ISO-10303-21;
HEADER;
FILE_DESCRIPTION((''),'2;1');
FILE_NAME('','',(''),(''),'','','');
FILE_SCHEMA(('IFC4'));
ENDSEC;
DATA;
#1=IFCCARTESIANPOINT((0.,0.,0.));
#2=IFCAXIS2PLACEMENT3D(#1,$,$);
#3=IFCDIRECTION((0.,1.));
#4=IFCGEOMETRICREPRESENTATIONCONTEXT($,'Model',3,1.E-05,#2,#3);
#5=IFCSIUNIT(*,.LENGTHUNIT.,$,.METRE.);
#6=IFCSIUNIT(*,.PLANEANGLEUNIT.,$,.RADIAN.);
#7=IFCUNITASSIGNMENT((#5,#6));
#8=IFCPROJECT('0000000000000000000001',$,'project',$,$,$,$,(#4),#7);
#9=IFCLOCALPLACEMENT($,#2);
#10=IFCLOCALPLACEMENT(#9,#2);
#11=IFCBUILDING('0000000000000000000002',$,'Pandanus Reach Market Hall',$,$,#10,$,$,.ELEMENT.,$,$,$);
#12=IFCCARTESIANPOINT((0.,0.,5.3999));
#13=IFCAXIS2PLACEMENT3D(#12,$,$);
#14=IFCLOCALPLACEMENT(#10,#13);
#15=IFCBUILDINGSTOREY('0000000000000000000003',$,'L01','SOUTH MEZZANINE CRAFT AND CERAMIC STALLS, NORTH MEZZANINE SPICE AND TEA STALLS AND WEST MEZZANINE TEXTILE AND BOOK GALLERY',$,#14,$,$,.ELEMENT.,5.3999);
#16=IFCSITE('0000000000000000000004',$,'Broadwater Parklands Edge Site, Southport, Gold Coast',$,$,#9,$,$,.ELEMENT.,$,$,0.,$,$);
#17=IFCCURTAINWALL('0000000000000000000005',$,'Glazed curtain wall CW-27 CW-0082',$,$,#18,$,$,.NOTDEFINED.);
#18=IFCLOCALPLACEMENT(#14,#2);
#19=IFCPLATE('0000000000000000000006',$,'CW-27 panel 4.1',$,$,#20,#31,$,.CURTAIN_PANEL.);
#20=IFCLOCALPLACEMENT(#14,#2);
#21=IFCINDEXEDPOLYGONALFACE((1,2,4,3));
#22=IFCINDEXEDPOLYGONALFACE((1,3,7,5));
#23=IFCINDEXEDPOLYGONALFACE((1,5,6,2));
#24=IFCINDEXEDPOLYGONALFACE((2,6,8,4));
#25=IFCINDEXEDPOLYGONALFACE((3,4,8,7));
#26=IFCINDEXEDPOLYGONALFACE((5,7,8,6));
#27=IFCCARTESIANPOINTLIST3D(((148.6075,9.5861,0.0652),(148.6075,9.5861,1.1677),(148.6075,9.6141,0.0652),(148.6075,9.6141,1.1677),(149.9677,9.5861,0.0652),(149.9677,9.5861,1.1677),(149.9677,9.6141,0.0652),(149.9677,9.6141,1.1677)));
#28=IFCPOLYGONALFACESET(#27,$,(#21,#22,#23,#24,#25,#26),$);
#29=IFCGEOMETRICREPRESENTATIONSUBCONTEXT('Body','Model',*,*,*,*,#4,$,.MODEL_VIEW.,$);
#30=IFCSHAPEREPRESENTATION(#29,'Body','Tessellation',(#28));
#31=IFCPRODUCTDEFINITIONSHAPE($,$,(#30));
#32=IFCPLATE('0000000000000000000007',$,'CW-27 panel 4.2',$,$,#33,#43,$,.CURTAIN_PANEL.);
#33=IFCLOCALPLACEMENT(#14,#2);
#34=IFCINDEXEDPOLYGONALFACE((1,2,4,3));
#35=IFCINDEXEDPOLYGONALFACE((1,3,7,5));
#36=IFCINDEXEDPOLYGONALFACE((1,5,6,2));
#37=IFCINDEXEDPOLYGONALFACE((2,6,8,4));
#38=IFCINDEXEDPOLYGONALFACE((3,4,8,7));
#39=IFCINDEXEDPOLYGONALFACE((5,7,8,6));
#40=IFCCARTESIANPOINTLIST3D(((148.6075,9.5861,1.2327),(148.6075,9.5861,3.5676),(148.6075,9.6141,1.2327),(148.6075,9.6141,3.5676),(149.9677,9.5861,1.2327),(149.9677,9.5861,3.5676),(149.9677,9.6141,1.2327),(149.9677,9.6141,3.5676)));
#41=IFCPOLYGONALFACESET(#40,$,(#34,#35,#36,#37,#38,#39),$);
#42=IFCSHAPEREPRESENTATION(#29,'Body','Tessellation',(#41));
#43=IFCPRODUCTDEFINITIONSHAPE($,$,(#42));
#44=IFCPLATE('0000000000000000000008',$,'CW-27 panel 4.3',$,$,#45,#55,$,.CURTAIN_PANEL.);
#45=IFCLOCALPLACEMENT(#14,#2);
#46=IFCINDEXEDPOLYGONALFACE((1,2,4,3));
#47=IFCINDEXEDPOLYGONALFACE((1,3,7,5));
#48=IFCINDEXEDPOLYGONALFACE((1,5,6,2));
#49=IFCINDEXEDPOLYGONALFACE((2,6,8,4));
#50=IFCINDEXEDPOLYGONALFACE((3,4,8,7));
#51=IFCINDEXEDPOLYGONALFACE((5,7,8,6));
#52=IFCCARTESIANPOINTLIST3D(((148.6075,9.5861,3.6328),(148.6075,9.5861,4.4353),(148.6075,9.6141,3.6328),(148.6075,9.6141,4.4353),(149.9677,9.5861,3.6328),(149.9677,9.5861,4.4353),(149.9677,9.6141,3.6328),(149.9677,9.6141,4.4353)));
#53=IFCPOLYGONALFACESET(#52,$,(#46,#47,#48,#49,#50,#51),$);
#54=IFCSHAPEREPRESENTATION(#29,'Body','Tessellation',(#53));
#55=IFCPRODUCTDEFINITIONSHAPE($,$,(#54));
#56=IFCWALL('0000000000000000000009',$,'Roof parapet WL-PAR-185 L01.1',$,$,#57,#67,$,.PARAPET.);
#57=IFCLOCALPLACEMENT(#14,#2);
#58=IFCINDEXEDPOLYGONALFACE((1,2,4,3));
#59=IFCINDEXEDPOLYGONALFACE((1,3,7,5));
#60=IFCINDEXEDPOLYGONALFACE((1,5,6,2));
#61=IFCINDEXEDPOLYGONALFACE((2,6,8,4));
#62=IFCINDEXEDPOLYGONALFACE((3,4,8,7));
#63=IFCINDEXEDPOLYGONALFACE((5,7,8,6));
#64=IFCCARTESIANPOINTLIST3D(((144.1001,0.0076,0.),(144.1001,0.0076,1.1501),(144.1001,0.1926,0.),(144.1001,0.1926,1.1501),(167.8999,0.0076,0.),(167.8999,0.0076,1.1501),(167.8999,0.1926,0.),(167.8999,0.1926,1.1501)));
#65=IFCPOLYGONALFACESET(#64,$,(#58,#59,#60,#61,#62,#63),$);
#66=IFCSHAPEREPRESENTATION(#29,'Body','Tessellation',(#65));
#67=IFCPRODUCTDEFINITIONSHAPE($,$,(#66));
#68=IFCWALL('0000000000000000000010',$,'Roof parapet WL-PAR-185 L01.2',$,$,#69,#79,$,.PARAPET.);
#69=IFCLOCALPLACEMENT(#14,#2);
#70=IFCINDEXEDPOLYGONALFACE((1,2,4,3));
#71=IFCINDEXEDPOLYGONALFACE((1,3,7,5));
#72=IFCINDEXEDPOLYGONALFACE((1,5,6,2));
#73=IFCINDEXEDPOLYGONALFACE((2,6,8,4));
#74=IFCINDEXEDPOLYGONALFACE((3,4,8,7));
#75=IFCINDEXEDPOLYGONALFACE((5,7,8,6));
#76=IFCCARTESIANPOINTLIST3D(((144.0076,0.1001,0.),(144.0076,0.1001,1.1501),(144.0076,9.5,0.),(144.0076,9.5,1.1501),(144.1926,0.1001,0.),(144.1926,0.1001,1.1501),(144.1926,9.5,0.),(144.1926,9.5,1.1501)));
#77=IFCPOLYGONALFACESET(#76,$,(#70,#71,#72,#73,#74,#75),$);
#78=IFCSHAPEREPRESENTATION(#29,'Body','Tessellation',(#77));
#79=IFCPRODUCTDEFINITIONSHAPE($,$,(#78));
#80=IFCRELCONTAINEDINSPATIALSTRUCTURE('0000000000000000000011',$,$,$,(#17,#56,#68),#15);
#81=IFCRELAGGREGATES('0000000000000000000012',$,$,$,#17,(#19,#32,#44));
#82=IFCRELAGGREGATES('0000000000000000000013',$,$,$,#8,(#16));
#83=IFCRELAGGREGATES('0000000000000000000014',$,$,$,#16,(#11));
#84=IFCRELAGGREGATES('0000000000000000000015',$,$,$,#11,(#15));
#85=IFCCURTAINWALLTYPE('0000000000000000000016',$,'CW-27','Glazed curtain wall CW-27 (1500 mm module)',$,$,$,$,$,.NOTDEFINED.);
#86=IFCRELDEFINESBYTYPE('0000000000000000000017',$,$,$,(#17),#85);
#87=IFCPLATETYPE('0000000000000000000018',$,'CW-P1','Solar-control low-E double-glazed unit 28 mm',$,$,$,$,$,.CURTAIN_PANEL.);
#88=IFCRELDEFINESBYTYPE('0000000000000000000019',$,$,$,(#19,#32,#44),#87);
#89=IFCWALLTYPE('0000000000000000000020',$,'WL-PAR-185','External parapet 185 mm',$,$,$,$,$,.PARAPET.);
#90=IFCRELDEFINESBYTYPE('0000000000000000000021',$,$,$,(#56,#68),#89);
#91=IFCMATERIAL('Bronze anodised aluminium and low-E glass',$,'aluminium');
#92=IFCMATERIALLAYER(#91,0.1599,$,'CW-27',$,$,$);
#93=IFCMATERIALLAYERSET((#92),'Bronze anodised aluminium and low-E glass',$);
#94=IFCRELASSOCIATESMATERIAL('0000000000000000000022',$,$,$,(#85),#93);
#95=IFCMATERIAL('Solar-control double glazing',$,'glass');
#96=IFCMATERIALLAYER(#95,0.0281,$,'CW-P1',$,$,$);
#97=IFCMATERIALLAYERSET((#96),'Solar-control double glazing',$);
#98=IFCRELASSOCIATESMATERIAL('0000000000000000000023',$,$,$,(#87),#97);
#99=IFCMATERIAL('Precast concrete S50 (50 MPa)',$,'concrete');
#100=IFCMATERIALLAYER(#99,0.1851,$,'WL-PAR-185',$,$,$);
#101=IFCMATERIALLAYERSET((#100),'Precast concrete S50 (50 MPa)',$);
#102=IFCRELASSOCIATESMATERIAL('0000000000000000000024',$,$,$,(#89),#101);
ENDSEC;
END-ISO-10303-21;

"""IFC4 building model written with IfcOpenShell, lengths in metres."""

from ifc_helpers import new_model, si_unit, direction, frame, frame_2d, origin, origin_2d, place, context, subcontext, project, spatial, rectangle, extrude, material, layer, layer_set, type_object, element, aggregate, save


model = new_model("IFC4")

# Units and contexts
model_context = context("Model", 3, precision=1e-05, world=origin(), true_north=direction((0.0, 1.0)))
body_context = subcontext(model_context, "Body", "Model", "MODEL_VIEW")
ifc_project = project(units=[si_unit("LENGTHUNIT", "METRE"), si_unit("PLANEANGLEUNIT", "RADIAN")], contexts=[model_context])

# Site, building, storey
site_placement = place(None, origin())
site = spatial("IfcSite", under=ifc_project, at=site_placement, Name="Broadwater Parklands Edge Site, Southport, Gold Coast", CompositionType="ELEMENT", RefElevation=0.0)
building_placement = place(site_placement, origin())
building = spatial("IfcBuilding", under=site, at=building_placement, Name="Pandanus Reach Market Hall", CompositionType="ELEMENT")
storey_placement = place(building_placement, frame((0.0, 0.0, 5.3999)))
storey = spatial("IfcBuildingStorey", under=building, at=storey_placement, Name="L01", Description="SOUTH MEZZANINE CRAFT AND CERAMIC STALLS, NORTH MEZZANINE SPICE AND TEA STALLS AND WEST MEZZANINE TEXTILE AND BOOK GALLERY", CompositionType="ELEMENT", Elevation=5.3999)

# Curtain wall, plates
ifc_material_1 = material(Name="Bronze anodised aluminium and low-E glass", Category="aluminium")
ifc_layer_1 = layer(ifc_material_1, 0.1599, Name="CW-27")
ifc_layer_set_1 = layer_set([ifc_layer_1], Name="Bronze anodised aluminium and low-E glass")
curtain_wall_type = type_object("IfcCurtainWallType", Name="CW-27", Description="Glazed curtain wall CW-27 (1500 mm module)", PredefinedType="NOTDEFINED", material=ifc_layer_set_1)
curtain_wall_placement = place(storey_placement, origin())
curtain_wall = element("IfcCurtainWall", 1, at=curtain_wall_placement, inside=storey, type_object=curtain_wall_type, Name="Glazed curtain wall CW-27 CW-0082", PredefinedType="NOTDEFINED")
ifc_material_2 = material(Name="Solar-control double glazing", Category="glass")
ifc_layer_2 = layer(ifc_material_2, 0.0281, Name="CW-P1")
ifc_layer_set_2 = layer_set([ifc_layer_2], Name="Solar-control double glazing")
plate_type = type_object("IfcPlateType", Name="CW-P1", Description="Solar-control low-E double-glazed unit 28 mm", PredefinedType="CURTAIN_PANEL", material=ifc_layer_set_2)
plate_1_placement = place(storey_placement, frame((149.2876, 9.6001, 0.0652), z_axis=(0.0, 0.0, 1.0), x_axis=(1.0, 0.0, 0.0)))
plate_1 = element("IfcPlate", 2, at=plate_1_placement, type_object=plate_type, Name="CW-27 panel 4.1", PredefinedType="CURTAIN_PANEL", context=body_context, shape_type="SweptSolid", body=[
    extrude(rectangle(XDim=1.3601, YDim=0.0281, at=origin_2d()), origin(), (0.0, 0.0, 1.0), 1.1025),
])
plate_2_placement = place(storey_placement, frame((149.2876, 9.6001, 1.2327), z_axis=(0.0, 0.0, 1.0), x_axis=(1.0, 0.0, 0.0)))
plate_2 = element("IfcPlate", 3, at=plate_2_placement, type_object=plate_type, Name="CW-27 panel 4.2", PredefinedType="CURTAIN_PANEL", context=body_context, shape_type="SweptSolid", body=[
    extrude(rectangle(XDim=1.3601, YDim=0.0281, at=origin_2d()), origin(), (0.0, 0.0, 1.0), 2.335),
])
plate_3_placement = place(storey_placement, frame((149.2876, 9.6001, 3.6328), z_axis=(0.0, 0.0, 1.0), x_axis=(1.0, 0.0, 0.0)))
plate_3 = element("IfcPlate", 4, at=plate_3_placement, type_object=plate_type, Name="CW-27 panel 4.3", PredefinedType="CURTAIN_PANEL", context=body_context, shape_type="SweptSolid", body=[
    extrude(rectangle(XDim=1.3601, YDim=0.0281, at=origin_2d()), origin(), (0.0, 0.0, 1.0), 0.8025),
])
aggregate(curtain_wall, [plate_1, plate_2, plate_3])

# Walls
ifc_material_3 = material(Name="Precast concrete S50 (50 MPa)", Category="concrete")
ifc_layer_3 = layer(ifc_material_3, 0.1851, Name="WL-PAR-185")
ifc_layer_set_3 = layer_set([ifc_layer_3], Name="Precast concrete S50 (50 MPa)")
wall_type = type_object("IfcWallType", Name="WL-PAR-185", Description="External parapet 185 mm", PredefinedType="PARAPET", material=ifc_layer_set_3)
wall_1_placement = place(storey_placement, frame((144.1001, 0.1001, 0.0), z_axis=(0.0, 0.0, 1.0), x_axis=(1.0, 0.0, 0.0)))
element("IfcWall", 5, at=wall_1_placement, inside=storey, type_object=wall_type, Name="Roof parapet WL-PAR-185 L01.1", PredefinedType="PARAPET", context=body_context, shape_type="SweptSolid", body=[
    extrude(rectangle(XDim=23.7998, YDim=0.1851, at=frame_2d((11.8999, 0.0))), origin(), (0.0, 0.0, 1.0), 1.1501),
])
wall_2_placement = place(storey_placement, frame((144.1001, 0.1001, 0.0), z_axis=(0.0, 0.0, 1.0), x_axis=(0.0, 1.0, 0.0)))
element("IfcWall", 6, at=wall_2_placement, inside=storey, type_object=wall_type, Name="Roof parapet WL-PAR-185 L01.2", PredefinedType="PARAPET", context=body_context, shape_type="SweptSolid", body=[
    extrude(rectangle(XDim=9.3999, YDim=0.1851, at=frame_2d((4.7, 0.0))), origin(), (0.0, 0.0, 1.0), 1.1501),
])

save(model, "model.ifc")
